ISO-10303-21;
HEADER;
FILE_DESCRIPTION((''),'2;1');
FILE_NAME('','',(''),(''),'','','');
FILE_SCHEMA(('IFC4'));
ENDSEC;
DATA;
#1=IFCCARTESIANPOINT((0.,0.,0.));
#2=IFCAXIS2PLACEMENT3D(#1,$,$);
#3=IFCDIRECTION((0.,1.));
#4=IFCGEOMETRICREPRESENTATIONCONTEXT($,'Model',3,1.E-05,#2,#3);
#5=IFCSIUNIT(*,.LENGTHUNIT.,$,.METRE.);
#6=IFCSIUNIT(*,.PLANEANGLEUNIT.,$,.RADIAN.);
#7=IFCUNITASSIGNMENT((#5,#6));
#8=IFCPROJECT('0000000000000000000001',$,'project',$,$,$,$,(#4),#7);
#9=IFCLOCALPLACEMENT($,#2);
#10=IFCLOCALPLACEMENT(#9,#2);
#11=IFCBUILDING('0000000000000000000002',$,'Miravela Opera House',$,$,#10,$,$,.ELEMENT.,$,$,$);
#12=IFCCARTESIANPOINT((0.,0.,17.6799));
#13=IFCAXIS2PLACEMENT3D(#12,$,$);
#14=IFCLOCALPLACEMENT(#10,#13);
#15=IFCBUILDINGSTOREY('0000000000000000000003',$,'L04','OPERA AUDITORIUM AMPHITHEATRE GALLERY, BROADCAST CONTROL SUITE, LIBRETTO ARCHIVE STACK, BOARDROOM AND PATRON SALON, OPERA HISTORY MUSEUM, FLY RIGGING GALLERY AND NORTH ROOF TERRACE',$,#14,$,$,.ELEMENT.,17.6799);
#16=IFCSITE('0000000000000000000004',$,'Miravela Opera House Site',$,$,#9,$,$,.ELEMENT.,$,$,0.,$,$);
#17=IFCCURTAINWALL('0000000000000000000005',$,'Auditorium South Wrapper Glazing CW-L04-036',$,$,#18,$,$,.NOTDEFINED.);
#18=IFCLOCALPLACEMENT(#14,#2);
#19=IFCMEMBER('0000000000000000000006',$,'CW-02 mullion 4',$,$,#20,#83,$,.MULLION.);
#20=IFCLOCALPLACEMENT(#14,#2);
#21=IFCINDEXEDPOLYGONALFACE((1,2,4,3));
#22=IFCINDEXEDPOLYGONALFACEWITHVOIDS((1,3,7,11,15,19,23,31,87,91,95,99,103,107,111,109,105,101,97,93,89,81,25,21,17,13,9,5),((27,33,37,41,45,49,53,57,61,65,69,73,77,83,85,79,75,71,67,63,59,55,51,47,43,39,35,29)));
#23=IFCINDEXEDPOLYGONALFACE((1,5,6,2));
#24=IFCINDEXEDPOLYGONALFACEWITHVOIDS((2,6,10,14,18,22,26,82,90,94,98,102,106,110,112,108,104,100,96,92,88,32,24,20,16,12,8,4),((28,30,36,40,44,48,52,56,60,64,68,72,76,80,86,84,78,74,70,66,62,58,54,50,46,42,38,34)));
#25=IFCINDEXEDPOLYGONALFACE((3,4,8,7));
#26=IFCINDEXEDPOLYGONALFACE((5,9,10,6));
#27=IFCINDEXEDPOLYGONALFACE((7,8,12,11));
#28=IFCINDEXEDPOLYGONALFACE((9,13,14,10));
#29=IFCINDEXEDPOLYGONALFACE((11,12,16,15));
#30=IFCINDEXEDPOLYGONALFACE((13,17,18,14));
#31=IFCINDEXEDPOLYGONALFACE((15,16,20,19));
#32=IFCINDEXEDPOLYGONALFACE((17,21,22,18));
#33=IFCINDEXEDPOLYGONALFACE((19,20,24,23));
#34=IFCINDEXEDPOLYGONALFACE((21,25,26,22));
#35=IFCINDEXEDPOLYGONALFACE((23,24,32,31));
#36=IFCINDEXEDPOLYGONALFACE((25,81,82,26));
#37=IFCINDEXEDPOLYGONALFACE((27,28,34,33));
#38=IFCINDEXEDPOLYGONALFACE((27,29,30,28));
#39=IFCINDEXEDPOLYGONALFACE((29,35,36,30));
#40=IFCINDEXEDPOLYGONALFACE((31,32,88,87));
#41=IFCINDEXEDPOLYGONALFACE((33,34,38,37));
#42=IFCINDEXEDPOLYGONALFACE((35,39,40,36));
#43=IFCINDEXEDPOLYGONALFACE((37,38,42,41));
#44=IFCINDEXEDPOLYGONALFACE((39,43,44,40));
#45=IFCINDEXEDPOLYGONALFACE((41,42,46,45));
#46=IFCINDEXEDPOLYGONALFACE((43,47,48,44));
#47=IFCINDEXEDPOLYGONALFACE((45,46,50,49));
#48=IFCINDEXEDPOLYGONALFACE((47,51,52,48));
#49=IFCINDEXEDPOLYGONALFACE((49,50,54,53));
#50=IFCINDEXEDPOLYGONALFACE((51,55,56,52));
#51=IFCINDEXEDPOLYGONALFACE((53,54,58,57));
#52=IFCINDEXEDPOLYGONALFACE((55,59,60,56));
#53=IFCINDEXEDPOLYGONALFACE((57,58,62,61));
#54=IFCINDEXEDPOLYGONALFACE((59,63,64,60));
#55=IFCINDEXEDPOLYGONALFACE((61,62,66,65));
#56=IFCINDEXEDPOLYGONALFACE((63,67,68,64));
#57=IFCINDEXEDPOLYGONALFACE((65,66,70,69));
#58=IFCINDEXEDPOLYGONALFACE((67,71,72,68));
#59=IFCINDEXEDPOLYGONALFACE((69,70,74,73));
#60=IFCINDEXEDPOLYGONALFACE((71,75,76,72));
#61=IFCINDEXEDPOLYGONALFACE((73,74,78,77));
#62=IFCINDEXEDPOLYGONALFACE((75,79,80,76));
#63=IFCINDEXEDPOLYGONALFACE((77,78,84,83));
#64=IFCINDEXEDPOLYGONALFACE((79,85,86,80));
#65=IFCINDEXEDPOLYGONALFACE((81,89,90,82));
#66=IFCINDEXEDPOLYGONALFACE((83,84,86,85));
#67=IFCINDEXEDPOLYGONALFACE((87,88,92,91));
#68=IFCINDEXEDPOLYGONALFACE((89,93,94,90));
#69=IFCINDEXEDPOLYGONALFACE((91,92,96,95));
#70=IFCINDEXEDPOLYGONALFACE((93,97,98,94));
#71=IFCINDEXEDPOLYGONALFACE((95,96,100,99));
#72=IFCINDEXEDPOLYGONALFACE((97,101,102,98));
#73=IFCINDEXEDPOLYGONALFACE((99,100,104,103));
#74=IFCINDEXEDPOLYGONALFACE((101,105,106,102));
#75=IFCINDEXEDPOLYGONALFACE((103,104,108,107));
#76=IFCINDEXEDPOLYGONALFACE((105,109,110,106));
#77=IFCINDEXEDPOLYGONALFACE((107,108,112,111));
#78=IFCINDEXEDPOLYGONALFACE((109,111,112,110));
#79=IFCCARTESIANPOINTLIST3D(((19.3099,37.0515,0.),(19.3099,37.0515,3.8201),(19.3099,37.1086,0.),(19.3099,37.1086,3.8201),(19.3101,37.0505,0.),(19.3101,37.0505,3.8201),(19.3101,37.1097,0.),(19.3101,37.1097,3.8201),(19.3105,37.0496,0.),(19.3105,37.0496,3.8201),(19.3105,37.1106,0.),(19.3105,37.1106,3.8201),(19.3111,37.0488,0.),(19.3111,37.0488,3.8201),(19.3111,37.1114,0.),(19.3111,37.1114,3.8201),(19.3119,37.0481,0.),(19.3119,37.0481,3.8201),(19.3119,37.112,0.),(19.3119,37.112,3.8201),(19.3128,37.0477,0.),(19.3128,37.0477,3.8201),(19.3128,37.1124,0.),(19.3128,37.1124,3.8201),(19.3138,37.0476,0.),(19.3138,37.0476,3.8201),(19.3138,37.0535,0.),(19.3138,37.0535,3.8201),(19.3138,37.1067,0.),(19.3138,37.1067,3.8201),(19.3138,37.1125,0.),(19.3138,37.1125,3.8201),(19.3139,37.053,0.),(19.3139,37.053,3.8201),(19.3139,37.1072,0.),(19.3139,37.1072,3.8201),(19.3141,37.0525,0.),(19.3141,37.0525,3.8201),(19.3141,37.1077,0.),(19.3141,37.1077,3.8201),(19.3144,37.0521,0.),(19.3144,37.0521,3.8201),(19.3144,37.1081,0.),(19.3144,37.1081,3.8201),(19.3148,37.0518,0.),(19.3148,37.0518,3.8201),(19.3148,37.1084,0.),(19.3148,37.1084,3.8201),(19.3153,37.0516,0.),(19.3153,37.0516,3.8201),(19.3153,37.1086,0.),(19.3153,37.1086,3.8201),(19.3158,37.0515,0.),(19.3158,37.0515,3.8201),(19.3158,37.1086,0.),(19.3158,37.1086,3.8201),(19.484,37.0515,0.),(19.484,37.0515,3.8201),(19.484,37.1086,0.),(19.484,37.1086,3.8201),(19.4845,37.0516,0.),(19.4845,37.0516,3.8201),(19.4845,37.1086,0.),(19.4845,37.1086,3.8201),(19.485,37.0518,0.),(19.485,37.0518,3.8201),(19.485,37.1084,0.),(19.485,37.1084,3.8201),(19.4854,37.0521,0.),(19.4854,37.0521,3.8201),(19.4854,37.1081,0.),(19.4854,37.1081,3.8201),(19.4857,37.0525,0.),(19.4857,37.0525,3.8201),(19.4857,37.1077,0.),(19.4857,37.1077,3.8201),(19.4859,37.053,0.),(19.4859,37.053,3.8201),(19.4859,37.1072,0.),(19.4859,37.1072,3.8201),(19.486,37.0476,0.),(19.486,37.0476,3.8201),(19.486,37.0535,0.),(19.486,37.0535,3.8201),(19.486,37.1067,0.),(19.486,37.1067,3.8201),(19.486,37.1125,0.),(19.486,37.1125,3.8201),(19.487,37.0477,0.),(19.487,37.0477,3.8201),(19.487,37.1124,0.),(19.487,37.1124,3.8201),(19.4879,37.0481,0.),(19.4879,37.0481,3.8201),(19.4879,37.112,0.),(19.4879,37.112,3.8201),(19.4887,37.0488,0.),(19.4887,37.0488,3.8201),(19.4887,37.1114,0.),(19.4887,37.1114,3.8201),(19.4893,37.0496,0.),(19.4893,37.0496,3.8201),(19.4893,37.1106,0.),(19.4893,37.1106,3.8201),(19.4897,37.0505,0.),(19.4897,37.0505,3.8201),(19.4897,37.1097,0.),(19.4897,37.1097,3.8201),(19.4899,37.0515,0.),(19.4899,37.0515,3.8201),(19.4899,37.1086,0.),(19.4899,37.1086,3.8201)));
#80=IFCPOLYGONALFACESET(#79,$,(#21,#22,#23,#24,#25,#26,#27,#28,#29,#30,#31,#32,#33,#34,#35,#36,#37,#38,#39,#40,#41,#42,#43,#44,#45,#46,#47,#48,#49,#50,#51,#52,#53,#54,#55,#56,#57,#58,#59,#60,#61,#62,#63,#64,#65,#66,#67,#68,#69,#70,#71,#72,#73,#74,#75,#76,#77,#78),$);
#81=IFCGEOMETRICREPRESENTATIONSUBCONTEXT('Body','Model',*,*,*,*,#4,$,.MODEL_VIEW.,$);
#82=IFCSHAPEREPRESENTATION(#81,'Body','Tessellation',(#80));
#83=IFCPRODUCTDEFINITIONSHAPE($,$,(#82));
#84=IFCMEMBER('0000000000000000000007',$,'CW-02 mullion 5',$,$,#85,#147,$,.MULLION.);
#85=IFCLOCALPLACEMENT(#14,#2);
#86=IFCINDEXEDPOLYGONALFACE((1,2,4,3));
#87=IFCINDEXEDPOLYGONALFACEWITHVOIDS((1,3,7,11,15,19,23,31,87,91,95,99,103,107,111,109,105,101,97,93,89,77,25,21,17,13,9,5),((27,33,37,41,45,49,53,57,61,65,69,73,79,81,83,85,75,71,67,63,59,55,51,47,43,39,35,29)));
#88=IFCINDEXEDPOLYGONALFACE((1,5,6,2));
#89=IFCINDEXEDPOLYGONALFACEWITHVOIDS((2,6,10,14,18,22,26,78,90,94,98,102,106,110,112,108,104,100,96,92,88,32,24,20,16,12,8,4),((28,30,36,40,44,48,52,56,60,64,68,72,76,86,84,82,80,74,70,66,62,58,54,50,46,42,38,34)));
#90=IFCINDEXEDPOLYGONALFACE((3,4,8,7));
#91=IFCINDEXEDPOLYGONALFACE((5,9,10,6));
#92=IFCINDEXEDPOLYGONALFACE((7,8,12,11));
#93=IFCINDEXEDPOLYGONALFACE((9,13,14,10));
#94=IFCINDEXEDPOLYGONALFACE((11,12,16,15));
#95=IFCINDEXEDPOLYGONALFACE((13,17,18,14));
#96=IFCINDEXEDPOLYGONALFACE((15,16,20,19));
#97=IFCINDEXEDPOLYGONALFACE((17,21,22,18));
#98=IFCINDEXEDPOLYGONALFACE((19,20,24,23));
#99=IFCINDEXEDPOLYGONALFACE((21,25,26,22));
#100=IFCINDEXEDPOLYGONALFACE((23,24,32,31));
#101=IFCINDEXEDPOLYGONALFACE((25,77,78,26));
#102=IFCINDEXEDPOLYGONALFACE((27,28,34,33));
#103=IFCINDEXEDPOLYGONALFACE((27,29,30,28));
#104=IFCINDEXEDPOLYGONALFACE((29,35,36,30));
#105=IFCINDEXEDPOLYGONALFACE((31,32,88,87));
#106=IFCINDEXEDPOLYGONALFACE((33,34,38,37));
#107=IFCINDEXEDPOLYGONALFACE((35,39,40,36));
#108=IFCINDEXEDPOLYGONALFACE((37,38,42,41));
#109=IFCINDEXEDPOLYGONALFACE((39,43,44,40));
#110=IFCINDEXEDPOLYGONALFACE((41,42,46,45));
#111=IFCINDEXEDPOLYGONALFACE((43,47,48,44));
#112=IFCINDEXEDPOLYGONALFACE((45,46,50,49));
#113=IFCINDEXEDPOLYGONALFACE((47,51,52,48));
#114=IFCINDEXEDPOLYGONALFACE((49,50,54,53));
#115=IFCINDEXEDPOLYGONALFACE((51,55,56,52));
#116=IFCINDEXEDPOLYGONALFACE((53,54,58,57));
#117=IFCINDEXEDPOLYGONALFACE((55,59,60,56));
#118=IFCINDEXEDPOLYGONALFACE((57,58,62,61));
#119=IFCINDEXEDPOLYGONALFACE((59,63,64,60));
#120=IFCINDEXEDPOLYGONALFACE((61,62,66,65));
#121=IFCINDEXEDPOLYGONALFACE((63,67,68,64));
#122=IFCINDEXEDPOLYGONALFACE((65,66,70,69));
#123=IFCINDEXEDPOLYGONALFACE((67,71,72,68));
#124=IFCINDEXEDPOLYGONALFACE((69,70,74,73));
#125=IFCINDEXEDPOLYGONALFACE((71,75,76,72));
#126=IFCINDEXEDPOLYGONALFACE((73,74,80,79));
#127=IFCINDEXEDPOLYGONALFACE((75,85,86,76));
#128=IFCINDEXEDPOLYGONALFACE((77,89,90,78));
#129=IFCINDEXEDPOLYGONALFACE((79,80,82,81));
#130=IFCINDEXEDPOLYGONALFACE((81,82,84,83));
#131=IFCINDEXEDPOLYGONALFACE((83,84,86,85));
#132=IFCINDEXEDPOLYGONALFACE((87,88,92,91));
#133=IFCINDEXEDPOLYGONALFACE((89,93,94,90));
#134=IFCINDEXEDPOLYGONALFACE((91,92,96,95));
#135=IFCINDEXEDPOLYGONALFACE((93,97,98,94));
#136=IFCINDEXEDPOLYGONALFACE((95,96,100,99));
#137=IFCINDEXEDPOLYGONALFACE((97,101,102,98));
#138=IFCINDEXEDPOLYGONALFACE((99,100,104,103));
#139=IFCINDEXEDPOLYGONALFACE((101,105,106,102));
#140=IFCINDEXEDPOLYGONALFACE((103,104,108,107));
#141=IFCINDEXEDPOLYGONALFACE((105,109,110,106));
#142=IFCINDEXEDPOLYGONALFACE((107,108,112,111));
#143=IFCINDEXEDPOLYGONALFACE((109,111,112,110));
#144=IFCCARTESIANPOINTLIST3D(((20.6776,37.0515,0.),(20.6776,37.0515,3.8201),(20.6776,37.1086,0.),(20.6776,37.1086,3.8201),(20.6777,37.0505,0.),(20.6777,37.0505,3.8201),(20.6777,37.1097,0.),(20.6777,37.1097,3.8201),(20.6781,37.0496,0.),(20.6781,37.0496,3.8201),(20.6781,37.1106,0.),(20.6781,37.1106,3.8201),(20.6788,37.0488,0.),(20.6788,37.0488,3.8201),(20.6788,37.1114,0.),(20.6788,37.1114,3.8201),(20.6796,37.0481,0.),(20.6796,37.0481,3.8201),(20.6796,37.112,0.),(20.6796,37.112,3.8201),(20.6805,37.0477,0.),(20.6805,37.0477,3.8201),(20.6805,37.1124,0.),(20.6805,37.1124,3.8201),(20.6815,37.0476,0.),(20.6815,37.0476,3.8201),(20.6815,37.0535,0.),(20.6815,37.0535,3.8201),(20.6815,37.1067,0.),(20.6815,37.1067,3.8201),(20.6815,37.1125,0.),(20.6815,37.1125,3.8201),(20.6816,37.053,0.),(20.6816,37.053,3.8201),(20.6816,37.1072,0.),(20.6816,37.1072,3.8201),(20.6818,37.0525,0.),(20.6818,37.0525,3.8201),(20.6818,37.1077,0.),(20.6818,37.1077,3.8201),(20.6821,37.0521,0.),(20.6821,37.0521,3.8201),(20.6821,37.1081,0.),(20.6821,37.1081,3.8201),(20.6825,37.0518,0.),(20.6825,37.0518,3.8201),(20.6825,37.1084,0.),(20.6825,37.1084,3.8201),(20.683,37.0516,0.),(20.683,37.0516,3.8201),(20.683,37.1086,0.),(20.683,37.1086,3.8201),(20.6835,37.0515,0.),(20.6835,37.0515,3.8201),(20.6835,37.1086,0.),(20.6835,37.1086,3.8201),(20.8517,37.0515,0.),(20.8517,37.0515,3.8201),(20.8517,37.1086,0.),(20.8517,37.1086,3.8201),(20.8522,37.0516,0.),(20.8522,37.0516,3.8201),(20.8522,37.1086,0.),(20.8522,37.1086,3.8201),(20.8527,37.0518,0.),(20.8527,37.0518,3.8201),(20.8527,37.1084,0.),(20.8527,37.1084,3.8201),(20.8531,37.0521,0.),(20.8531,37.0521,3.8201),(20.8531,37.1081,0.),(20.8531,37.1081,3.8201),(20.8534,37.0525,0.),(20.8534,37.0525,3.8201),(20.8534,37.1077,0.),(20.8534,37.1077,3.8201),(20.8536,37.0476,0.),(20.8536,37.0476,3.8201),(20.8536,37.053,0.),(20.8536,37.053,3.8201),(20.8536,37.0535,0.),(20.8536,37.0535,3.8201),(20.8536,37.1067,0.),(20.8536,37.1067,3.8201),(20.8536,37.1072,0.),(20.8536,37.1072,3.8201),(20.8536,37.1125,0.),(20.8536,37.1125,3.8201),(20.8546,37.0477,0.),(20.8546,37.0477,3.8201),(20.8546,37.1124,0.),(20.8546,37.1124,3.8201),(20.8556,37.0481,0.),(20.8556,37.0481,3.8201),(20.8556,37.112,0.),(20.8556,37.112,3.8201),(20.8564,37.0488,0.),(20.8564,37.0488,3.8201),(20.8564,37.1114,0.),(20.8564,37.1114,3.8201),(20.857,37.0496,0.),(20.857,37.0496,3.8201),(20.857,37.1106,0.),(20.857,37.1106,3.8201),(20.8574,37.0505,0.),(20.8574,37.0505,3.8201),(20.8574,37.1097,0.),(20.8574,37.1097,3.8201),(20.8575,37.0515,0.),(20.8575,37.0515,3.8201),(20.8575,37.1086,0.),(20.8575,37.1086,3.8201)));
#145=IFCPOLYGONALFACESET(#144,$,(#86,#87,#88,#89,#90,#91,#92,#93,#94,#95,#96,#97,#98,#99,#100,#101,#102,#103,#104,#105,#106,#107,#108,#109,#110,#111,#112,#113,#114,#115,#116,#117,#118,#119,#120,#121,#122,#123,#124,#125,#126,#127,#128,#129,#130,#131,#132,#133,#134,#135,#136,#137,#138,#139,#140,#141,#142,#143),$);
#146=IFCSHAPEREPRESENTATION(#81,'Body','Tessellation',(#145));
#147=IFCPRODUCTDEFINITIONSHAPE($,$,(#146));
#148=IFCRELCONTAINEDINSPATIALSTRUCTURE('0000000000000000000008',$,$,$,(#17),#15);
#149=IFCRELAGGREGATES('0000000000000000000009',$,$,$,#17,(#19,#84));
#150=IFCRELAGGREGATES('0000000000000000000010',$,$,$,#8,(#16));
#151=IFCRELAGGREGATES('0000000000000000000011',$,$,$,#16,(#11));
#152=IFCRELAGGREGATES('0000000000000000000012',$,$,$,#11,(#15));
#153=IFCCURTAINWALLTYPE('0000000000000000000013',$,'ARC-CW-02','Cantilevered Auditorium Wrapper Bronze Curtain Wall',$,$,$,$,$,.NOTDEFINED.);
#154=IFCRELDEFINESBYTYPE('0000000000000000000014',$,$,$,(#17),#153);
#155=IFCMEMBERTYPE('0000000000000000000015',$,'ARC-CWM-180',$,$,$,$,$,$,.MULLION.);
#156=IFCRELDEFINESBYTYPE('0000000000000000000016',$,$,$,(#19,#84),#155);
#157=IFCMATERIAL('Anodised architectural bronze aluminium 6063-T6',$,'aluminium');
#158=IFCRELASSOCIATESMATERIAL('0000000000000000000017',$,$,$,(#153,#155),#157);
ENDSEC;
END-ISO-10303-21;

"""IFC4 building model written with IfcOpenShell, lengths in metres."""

from ifc_helpers import new_model, si_unit, direction, frame, origin, origin_2d, place, context, subcontext, project, spatial, hollow_rectangle, extrude, material, material_profile, profile_set, type_object, element, aggregate, save


model = new_model("IFC4")

# Units and contexts
model_context = context("Model", 3, precision=1e-05, world=origin(), true_north=direction((0.0, 1.0)))
body_context = subcontext(model_context, "Body", "Model", "MODEL_VIEW")
ifc_project = project(units=[si_unit("LENGTHUNIT", "METRE"), si_unit("PLANEANGLEUNIT", "RADIAN")], contexts=[model_context])

# Site, building, storey
site_placement = place(None, origin())
site = spatial("IfcSite", under=ifc_project, at=site_placement, Name="Miravela Opera House Site", CompositionType="ELEMENT", RefElevation=0.0)
building_placement = place(site_placement, origin())
building = spatial("IfcBuilding", under=site, at=building_placement, Name="Miravela Opera House", CompositionType="ELEMENT")
storey_placement = place(building_placement, frame((0.0, 0.0, 17.6799)))
storey = spatial("IfcBuildingStorey", under=building, at=storey_placement, Name="L04", Description="OPERA AUDITORIUM AMPHITHEATRE GALLERY, BROADCAST CONTROL SUITE, LIBRETTO ARCHIVE STACK, BOARDROOM AND PATRON SALON, OPERA HISTORY MUSEUM, FLY RIGGING GALLERY AND NORTH ROOF TERRACE", CompositionType="ELEMENT", Elevation=17.6799)

# Curtain wall, members
ifc_material_1 = material(Name="Anodised architectural bronze aluminium 6063-T6", Category="aluminium")
curtain_wall_type = type_object("IfcCurtainWallType", Name="ARC-CW-02", Description="Cantilevered Auditorium Wrapper Bronze Curtain Wall", PredefinedType="NOTDEFINED", material=ifc_material_1)
curtain_wall_1_placement = place(storey_placement, origin())
curtain_wall_1 = element("IfcCurtainWall", 1, at=curtain_wall_1_placement, inside=storey, type_object=curtain_wall_type, Name="Auditorium South Wrapper Glazing CW-L04-036", PredefinedType="NOTDEFINED")
ifc_material_profile_1 = material_profile(ifc_material_1, hollow_rectangle(XDim=0.0649, YDim=0.1799, WallThickness=0.0039, InnerFilletRadius=0.002, OuterFilletRadius=0.0039, at=origin_2d()), Name="CWM-65X180")
ifc_profile_set_1 = profile_set([ifc_material_profile_1])
member_type_1 = type_object("IfcMemberType", Name="ARC-CWM-180", PredefinedType="MULLION", material=ifc_profile_set_1)
member_1_placement = place(storey_placement, frame((19.3999, 37.0801, 0.0), z_axis=(0.0, 0.0, 1.0), x_axis=(0.0, 1.0, 0.0)))
member_1 = element("IfcMember", 2, at=member_1_placement, type_object=member_type_1, Name="CW-02 mullion 4", PredefinedType="MULLION", context=body_context, shape_type="SweptSolid", body=[
    extrude(hollow_rectangle(XDim=0.0649, YDim=0.1799, WallThickness=0.0039, InnerFilletRadius=0.002, OuterFilletRadius=0.0039, at=origin_2d()), origin(), (0.0, 0.0, 1.0), 3.8201),
])
member_2_placement = place(storey_placement, frame((20.7676, 37.0801, 0.0), z_axis=(0.0, 0.0, 1.0), x_axis=(0.0, 1.0, 0.0)))
member_2 = element("IfcMember", 3, at=member_2_placement, type_object=member_type_1, Name="CW-02 mullion 5", PredefinedType="MULLION", context=body_context, shape_type="SweptSolid", body=[
    extrude(hollow_rectangle(XDim=0.0649, YDim=0.1799, WallThickness=0.0039, InnerFilletRadius=0.002, OuterFilletRadius=0.0039, at=origin_2d()), origin(), (0.0, 0.0, 1.0), 3.8201),
])

aggregate(curtain_wall_1, [member_1, member_2])

save(model, "model.ifc")
